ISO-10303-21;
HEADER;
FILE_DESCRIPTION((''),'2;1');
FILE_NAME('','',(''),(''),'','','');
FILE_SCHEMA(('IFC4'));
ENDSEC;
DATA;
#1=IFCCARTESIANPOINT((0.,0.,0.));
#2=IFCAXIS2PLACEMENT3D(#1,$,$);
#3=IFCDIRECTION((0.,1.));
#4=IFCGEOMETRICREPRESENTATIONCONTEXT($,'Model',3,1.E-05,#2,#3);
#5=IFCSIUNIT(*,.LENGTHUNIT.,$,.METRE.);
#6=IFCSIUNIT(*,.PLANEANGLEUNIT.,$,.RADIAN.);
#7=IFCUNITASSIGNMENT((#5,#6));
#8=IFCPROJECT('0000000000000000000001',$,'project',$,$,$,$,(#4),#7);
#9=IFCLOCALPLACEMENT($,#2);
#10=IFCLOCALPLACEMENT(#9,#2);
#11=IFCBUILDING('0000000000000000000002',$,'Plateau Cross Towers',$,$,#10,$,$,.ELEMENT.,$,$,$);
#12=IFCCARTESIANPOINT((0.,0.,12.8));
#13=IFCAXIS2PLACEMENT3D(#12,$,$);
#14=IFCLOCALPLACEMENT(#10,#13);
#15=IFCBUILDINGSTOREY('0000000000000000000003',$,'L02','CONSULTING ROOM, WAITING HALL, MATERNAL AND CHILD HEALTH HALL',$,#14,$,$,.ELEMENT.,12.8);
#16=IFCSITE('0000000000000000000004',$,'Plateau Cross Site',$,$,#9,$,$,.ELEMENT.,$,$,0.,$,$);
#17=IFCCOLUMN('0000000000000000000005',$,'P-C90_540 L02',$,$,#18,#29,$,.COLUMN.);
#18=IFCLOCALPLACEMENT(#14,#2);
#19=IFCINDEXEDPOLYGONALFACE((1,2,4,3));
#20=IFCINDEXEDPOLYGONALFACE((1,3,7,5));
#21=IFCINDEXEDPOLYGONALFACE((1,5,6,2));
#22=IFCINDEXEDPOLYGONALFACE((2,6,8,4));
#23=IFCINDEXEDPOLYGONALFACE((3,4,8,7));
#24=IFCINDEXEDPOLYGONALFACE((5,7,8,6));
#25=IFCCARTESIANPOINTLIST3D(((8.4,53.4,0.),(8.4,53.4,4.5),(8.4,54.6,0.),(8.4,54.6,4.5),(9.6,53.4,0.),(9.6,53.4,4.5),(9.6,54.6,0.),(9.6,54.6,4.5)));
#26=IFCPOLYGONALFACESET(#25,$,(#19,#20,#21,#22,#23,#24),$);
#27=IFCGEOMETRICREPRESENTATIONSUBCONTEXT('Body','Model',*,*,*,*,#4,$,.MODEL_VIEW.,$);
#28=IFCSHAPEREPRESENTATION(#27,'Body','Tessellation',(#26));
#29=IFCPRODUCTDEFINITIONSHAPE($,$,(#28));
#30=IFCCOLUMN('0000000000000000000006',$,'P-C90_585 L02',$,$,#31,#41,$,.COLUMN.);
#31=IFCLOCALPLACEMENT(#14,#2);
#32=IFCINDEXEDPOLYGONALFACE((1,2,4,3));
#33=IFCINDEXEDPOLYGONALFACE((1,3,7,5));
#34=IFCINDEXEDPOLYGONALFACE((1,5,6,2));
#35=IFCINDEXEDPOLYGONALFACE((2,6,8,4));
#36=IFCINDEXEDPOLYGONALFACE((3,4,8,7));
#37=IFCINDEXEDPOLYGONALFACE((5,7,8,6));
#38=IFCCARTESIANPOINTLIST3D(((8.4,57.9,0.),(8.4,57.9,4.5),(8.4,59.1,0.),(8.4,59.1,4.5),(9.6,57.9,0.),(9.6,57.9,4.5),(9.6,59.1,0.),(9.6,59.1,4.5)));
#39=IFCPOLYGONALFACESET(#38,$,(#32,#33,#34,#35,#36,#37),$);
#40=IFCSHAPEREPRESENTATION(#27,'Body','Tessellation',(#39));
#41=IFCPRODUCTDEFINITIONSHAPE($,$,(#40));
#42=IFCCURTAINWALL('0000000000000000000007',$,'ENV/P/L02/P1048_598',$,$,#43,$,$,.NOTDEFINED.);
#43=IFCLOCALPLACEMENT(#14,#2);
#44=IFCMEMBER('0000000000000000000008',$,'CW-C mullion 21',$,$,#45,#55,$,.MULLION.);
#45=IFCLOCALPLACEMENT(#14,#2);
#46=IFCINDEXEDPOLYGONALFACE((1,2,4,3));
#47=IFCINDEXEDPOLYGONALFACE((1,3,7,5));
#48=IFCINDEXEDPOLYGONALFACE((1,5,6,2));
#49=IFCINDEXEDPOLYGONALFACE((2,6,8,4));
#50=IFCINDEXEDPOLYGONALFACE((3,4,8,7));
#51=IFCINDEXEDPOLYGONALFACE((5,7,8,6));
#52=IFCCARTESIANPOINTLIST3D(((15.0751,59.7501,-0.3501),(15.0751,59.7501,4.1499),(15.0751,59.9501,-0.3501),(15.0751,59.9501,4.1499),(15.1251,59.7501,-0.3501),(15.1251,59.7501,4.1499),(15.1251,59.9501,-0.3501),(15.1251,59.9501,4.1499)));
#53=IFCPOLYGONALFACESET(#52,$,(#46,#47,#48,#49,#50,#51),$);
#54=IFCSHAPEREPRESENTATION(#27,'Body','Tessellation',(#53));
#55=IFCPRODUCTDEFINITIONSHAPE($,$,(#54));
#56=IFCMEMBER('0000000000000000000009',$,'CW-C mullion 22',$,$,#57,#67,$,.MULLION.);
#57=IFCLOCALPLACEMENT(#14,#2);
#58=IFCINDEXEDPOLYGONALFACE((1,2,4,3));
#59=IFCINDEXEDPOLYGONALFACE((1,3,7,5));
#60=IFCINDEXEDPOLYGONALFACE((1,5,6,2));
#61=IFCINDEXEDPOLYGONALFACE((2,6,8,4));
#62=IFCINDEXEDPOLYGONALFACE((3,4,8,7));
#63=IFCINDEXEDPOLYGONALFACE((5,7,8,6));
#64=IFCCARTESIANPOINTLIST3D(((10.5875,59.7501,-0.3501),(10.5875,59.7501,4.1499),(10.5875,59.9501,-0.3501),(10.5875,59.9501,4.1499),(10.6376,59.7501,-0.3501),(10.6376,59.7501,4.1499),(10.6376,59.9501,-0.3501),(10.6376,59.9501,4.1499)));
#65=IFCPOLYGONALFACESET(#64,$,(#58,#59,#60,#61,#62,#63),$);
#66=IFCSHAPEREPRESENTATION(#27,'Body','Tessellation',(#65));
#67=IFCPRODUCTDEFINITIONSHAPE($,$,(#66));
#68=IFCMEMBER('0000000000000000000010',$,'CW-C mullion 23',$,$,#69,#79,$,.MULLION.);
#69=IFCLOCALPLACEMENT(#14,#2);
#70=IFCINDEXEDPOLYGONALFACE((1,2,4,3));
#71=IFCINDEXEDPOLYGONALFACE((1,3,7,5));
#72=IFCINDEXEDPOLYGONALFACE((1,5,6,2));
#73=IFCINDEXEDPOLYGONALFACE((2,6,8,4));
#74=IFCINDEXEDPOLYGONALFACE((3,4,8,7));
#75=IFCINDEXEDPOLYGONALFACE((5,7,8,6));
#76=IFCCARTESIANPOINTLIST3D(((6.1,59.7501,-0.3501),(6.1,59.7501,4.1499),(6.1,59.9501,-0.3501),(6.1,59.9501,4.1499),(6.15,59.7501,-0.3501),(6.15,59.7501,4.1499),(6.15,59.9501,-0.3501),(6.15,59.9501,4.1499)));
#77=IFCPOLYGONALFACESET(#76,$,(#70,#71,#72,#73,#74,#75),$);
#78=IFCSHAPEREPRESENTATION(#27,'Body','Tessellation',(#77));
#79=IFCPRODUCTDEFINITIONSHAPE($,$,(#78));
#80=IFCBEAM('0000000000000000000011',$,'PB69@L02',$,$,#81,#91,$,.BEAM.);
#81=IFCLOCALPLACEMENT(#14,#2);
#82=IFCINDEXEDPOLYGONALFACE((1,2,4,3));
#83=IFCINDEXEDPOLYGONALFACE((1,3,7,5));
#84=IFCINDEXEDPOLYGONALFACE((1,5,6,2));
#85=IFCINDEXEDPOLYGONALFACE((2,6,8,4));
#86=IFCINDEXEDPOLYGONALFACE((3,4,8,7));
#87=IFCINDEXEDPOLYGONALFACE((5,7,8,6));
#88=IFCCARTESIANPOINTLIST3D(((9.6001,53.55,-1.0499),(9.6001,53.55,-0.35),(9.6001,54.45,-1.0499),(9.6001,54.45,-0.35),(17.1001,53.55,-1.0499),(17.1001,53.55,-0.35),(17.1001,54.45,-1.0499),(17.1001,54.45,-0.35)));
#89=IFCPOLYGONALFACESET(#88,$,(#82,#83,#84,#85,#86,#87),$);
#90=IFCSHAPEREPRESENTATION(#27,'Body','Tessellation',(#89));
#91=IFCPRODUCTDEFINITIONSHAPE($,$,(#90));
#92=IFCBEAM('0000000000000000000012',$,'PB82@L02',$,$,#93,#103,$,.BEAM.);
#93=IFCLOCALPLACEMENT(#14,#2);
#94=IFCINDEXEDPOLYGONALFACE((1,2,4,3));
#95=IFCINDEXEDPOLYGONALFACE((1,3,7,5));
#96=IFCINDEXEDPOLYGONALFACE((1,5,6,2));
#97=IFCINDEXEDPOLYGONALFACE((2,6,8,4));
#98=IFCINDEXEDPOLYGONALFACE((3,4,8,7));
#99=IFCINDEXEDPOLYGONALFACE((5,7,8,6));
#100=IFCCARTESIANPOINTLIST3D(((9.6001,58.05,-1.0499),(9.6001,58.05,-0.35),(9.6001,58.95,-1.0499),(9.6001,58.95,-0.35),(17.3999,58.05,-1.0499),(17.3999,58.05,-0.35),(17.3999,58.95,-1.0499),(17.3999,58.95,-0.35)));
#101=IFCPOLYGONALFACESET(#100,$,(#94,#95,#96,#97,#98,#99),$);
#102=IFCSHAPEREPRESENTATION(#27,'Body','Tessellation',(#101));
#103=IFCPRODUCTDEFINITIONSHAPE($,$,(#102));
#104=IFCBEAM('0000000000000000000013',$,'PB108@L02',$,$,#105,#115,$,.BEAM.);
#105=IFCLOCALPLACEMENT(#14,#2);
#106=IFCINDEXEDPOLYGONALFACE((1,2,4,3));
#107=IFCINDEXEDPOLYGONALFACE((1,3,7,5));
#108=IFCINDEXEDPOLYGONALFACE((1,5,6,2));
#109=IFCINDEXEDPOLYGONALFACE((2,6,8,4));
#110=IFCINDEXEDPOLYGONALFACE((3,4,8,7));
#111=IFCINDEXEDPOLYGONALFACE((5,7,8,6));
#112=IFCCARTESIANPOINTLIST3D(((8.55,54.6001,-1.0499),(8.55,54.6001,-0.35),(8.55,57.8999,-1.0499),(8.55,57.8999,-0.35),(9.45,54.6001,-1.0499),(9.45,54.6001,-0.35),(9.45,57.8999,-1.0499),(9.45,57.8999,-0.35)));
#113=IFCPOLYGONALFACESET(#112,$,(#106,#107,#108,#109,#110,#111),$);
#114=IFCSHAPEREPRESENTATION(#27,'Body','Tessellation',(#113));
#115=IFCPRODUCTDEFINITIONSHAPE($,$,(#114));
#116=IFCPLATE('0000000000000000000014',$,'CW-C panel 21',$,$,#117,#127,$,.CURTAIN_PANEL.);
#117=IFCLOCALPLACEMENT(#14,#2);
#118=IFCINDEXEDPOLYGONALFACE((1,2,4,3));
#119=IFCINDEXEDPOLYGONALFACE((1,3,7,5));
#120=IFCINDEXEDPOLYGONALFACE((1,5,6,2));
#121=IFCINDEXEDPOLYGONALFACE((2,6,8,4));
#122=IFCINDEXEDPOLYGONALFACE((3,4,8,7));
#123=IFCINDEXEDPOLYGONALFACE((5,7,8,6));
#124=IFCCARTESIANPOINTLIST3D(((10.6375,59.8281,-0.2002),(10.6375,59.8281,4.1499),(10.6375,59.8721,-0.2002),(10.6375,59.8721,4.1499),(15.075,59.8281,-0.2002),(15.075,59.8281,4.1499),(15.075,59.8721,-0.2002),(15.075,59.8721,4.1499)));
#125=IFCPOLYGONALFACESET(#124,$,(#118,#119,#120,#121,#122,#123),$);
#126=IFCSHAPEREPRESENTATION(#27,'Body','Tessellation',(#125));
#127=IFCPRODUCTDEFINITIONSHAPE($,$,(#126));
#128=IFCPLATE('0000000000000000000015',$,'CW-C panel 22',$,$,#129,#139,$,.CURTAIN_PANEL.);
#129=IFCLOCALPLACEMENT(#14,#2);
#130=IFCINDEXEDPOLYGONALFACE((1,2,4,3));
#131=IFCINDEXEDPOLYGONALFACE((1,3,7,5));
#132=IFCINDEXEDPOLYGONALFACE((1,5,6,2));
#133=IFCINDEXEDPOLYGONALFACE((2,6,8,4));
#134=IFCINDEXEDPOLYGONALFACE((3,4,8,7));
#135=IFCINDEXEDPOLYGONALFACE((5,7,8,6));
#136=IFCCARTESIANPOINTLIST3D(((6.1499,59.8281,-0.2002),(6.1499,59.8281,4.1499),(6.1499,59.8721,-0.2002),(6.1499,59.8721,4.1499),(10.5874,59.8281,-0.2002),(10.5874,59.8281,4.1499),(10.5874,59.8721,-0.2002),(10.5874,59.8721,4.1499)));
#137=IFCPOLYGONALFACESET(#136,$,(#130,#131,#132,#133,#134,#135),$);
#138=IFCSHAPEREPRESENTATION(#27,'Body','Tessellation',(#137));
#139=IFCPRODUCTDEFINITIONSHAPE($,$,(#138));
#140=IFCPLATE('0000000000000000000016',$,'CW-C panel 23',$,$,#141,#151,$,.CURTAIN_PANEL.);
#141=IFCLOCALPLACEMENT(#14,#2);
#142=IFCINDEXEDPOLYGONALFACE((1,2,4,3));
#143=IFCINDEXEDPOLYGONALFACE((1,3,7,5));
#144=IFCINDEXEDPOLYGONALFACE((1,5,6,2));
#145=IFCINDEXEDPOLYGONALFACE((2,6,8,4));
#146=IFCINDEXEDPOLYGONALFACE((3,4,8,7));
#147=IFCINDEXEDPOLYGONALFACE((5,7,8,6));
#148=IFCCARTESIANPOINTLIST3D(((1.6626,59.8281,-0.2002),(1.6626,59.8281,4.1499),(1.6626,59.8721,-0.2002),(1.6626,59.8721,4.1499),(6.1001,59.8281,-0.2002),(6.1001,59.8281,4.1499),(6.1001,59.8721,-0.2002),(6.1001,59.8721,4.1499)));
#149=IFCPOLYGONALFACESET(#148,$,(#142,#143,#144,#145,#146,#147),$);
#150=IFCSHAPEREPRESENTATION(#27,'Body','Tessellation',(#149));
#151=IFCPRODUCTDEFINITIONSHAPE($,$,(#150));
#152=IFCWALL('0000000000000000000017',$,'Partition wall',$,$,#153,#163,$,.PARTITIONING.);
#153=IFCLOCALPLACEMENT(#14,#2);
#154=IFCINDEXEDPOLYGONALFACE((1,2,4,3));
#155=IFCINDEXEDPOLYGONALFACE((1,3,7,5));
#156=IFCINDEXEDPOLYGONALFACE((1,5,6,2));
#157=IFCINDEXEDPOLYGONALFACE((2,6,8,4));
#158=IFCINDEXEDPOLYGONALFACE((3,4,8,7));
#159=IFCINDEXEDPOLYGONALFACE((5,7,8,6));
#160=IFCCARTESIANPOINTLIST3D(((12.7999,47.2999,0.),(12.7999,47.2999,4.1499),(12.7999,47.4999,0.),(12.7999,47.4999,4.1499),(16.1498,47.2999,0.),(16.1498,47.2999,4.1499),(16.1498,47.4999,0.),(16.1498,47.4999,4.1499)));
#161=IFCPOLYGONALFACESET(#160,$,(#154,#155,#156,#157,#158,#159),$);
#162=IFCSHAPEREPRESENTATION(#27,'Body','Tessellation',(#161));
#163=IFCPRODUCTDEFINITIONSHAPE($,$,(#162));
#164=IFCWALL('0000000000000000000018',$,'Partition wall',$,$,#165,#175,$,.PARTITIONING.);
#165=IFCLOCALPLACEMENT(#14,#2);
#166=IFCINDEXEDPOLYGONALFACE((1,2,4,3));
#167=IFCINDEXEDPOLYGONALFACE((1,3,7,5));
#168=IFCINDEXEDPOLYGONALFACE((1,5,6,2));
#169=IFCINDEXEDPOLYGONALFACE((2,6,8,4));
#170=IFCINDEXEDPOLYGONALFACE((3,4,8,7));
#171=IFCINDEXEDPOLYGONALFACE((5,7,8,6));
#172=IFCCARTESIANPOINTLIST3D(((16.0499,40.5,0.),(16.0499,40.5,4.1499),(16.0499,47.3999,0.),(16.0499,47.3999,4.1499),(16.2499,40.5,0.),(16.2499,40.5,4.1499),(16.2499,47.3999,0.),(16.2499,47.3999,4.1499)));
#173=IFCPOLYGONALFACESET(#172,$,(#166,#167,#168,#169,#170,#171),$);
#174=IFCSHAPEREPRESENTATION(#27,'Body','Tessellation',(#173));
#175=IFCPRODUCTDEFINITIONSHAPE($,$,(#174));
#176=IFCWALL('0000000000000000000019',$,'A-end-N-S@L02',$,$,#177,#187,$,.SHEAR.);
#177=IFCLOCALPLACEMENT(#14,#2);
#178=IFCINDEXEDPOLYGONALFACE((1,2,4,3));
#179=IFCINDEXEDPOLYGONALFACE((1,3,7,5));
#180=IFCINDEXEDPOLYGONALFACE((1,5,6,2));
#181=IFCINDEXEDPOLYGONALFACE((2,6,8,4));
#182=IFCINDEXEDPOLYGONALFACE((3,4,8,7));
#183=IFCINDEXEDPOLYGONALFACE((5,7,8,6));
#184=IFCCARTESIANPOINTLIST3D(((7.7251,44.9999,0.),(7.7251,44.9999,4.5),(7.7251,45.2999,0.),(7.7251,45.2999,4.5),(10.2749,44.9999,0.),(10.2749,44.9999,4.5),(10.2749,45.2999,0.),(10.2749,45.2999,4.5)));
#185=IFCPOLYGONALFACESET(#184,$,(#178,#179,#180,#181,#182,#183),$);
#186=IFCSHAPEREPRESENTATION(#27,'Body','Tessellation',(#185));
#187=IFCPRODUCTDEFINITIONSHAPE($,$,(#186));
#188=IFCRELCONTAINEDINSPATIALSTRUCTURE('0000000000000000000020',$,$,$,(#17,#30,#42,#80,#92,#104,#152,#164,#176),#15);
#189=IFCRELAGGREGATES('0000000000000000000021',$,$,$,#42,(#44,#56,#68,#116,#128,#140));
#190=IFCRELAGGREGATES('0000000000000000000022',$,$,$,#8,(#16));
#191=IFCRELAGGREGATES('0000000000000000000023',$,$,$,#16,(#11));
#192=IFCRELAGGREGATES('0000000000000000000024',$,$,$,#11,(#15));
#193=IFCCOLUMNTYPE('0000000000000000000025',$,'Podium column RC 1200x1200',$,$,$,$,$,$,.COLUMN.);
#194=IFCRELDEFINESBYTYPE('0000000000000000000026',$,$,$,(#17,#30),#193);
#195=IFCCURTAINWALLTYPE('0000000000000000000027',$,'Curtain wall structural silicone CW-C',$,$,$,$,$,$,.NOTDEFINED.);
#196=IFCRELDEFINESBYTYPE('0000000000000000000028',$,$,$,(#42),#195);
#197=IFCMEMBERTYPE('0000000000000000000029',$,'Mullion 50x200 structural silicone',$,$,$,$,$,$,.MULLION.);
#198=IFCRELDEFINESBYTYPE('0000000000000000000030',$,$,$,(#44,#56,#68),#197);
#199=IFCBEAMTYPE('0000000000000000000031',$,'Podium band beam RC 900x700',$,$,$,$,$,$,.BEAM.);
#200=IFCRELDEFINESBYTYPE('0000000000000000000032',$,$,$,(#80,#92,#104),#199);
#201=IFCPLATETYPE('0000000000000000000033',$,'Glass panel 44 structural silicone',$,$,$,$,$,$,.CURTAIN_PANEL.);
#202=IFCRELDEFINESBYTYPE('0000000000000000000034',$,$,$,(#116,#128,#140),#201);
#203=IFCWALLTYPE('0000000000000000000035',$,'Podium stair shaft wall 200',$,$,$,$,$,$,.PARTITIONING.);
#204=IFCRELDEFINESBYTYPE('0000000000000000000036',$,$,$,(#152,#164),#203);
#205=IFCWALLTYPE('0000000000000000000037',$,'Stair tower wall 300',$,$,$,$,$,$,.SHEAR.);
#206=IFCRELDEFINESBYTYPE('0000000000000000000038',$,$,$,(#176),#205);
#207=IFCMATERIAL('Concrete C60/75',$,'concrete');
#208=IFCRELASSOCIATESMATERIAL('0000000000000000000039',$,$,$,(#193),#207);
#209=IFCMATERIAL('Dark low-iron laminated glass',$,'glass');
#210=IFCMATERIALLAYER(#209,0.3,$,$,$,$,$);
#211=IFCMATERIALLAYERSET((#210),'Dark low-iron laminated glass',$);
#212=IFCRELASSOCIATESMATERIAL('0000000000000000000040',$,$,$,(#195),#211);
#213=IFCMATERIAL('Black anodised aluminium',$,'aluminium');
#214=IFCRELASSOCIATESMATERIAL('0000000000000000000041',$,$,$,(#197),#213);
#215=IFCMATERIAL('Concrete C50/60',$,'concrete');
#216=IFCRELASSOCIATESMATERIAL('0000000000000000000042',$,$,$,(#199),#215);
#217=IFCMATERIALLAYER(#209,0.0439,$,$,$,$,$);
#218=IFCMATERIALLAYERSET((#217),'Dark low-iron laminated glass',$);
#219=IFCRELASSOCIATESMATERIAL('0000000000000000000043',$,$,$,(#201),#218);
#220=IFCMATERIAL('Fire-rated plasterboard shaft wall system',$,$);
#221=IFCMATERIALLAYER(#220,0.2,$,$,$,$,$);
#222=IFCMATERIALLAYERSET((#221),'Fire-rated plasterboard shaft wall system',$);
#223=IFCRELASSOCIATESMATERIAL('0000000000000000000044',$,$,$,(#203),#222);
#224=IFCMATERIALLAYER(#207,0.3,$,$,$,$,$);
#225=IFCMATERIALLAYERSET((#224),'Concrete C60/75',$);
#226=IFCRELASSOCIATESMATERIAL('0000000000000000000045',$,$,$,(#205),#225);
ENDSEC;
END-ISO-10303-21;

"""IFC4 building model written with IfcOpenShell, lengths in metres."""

from ifc_helpers import new_model, si_unit, direction, frame, frame_2d, origin, origin_2d, place, context, subcontext, project, spatial, rectangle, extrude, material, layer, layer_set, material_profile, profile_set, type_object, element, aggregate, save


model = new_model("IFC4")

# Units and contexts
model_context = context("Model", 3, precision=1e-05, world=origin(), true_north=direction((0.0, 1.0)))
body_context = subcontext(model_context, "Body", "Model", "MODEL_VIEW")
ifc_project = project(units=[si_unit("LENGTHUNIT", "METRE"), si_unit("PLANEANGLEUNIT", "RADIAN")], contexts=[model_context])

# Site, building, storey
site_placement = place(None, origin())
site = spatial("IfcSite", under=ifc_project, at=site_placement, Name="Plateau Cross Site", CompositionType="ELEMENT", RefElevation=0.0)
building_placement = place(site_placement, origin())
building = spatial("IfcBuilding", under=site, at=building_placement, Name="Plateau Cross Towers", CompositionType="ELEMENT")
storey_placement = place(building_placement, frame((0.0, 0.0, 12.8)))
storey = spatial("IfcBuildingStorey", under=building, at=storey_placement, Name="L02", Description="CONSULTING ROOM, WAITING HALL, MATERNAL AND CHILD HEALTH HALL", CompositionType="ELEMENT", Elevation=12.8)

# Columns
ifc_material_1 = material(Name="Concrete C60/75", Category="concrete")
ifc_material_profile_1 = material_profile(ifc_material_1, rectangle(XDim=1.2, YDim=1.2, at=origin_2d()), Name="RC 1200x1200")
ifc_profile_set_1 = profile_set([ifc_material_profile_1], Name="Concrete C60/75")
column_type = type_object("IfcColumnType", Name="Podium column RC 1200x1200", PredefinedType="COLUMN", material=ifc_profile_set_1)
for number, where, z_axis, x_axis, name in (
    (1, (9.0, 54.0, 0.0), (0.0, 0.0, 1.0), (1.0, 0.0, 0.0), "P-C90_540 L02"),
    (2, (9.0, 58.5, 0.0), (0.0, 0.0, 1.0), (1.0, 0.0, 0.0), "P-C90_585 L02"),
):
    element("IfcColumn", number, at=place(storey_placement, frame(where, z_axis=z_axis, x_axis=x_axis)), inside=storey, type_object=column_type, Name=name, PredefinedType="COLUMN", context=body_context, shape_type="SweptSolid", body=[
        extrude(rectangle(XDim=1.2, YDim=1.2, at=origin_2d()), origin(), (0.0, 0.0, 1.0), 4.5),
    ])

# Curtain wall, members
ifc_material_2 = material(Name="Dark low-iron laminated glass", Category="glass")
ifc_layer_1 = layer(ifc_material_2, 0.3)
ifc_layer_set_1 = layer_set([ifc_layer_1], Name="Dark low-iron laminated glass")
curtain_wall_type = type_object("IfcCurtainWallType", Name="Curtain wall structural silicone CW-C", PredefinedType="NOTDEFINED", material=ifc_layer_set_1)
curtain_wall_placement = place(storey_placement, origin())
curtain_wall = element("IfcCurtainWall", 3, at=curtain_wall_placement, inside=storey, type_object=curtain_wall_type, Name="ENV/P/L02/P1048_598", PredefinedType="NOTDEFINED")
ifc_material_3 = material(Name="Black anodised aluminium", Category="aluminium")
ifc_material_profile_2 = material_profile(ifc_material_3, rectangle(XDim=0.05, YDim=0.2, at=origin_2d()), Name="MULLION 50x200")
ifc_profile_set_2 = profile_set([ifc_material_profile_2], Name="Black anodised aluminium")
member_type = type_object("IfcMemberType", Name="Mullion 50x200 structural silicone", PredefinedType="MULLION", material=ifc_profile_set_2)
member_1_placement = place(storey_placement, frame((15.1001, 59.8501, -0.3501), z_axis=(0.0, 0.0, 1.0), x_axis=(-1.0, 0.0, 0.0)))
member_1 = element("IfcMember", 4, at=member_1_placement, type_object=member_type, Name="CW-C mullion 21", PredefinedType="MULLION", context=body_context, shape_type="SweptSolid", body=[
    extrude(rectangle(XDim=0.05, YDim=0.2, at=origin_2d()), origin(), (0.0, 0.0, 1.0), 4.5),
])
member_2_placement = place(storey_placement, frame((10.6125, 59.8501, -0.3501), z_axis=(0.0, 0.0, 1.0), x_axis=(-1.0, 0.0, 0.0)))
member_2 = element("IfcMember", 5, at=member_2_placement, type_object=member_type, Name="CW-C mullion 22", PredefinedType="MULLION", context=body_context, shape_type="SweptSolid", body=[
    extrude(rectangle(XDim=0.05, YDim=0.2, at=origin_2d()), origin(), (0.0, 0.0, 1.0), 4.5),
])
member_3_placement = place(storey_placement, frame((6.125, 59.8501, -0.3501), z_axis=(0.0, 0.0, 1.0), x_axis=(-1.0, 0.0, 0.0)))
member_3 = element("IfcMember", 6, at=member_3_placement, type_object=member_type, Name="CW-C mullion 23", PredefinedType="MULLION", context=body_context, shape_type="SweptSolid", body=[
    extrude(rectangle(XDim=0.05, YDim=0.2, at=origin_2d()), origin(), (0.0, 0.0, 1.0), 4.5),
])

# Beams
ifc_material_4 = material(Name="Concrete C50/60", Category="concrete")
ifc_material_profile_3 = material_profile(ifc_material_4, rectangle(XDim=0.8999, YDim=0.7, at=origin_2d()), Name="RC 900x700")
ifc_profile_set_3 = profile_set([ifc_material_profile_3], Name="Concrete C50/60")
beam_type = type_object("IfcBeamType", Name="Podium band beam RC 900x700", PredefinedType="BEAM", material=ifc_profile_set_3)
beam_1_placement = place(storey_placement, frame((9.6001, 54.0, -0.7), z_axis=(1.0, 0.0, 0.0), x_axis=(0.0, 1.0, 0.0)))
element("IfcBeam", 7, at=beam_1_placement, inside=storey, type_object=beam_type, Name="PB69@L02", PredefinedType="BEAM", context=body_context, shape_type="SweptSolid", body=[
    extrude(rectangle(XDim=0.8999, YDim=0.7, at=origin_2d()), origin(), (0.0, 0.0, 1.0), 7.5),
])
beam_2_placement = place(storey_placement, frame((9.6001, 58.5, -0.7), z_axis=(1.0, 0.0, 0.0), x_axis=(0.0, 1.0, 0.0)))
element("IfcBeam", 8, at=beam_2_placement, inside=storey, type_object=beam_type, Name="PB82@L02", PredefinedType="BEAM", context=body_context, shape_type="SweptSolid", body=[
    extrude(rectangle(XDim=0.8999, YDim=0.7, at=origin_2d()), origin(), (0.0, 0.0, 1.0), 7.7998),
])
beam_3_placement = place(storey_placement, frame((9.0, 54.6001, -0.7), z_axis=(0.0, 1.0, 0.0), x_axis=(-1.0, 0.0, 0.0)))
element("IfcBeam", 9, at=beam_3_placement, inside=storey, type_object=beam_type, Name="PB108@L02", PredefinedType="BEAM", context=body_context, shape_type="SweptSolid", body=[
    extrude(rectangle(XDim=0.8999, YDim=0.7, at=origin_2d()), origin(), (0.0, 0.0, 1.0), 3.2998),
])

# Plates
ifc_layer_2 = layer(ifc_material_2, 0.0439)
ifc_layer_set_2 = layer_set([ifc_layer_2], Name="Dark low-iron laminated glass")
plate_type = type_object("IfcPlateType", Name="Glass panel 44 structural silicone", PredefinedType="CURTAIN_PANEL", material=ifc_layer_set_2)
plate_1_placement = place(storey_placement, frame((12.8562, 59.8501, -0.2002), z_axis=(0.0, 0.0, 1.0), x_axis=(-1.0, 0.0, 0.0)))
plate_1 = element("IfcPlate", 10, at=plate_1_placement, type_object=plate_type, Name="CW-C panel 21", PredefinedType="CURTAIN_PANEL", context=body_context, shape_type="SweptSolid", body=[
    extrude(rectangle(XDim=4.4375, YDim=0.0439, at=origin_2d()), origin(), (0.0, 0.0, 1.0), 4.3501),
])
plate_2_placement = place(storey_placement, frame((8.3687, 59.8501, -0.2002), z_axis=(0.0, 0.0, 1.0), x_axis=(-1.0, 0.0, 0.0)))
plate_2 = element("IfcPlate", 11, at=plate_2_placement, type_object=plate_type, Name="CW-C panel 22", PredefinedType="CURTAIN_PANEL", context=body_context, shape_type="SweptSolid", body=[
    extrude(rectangle(XDim=4.4375, YDim=0.0439, at=origin_2d()), origin(), (0.0, 0.0, 1.0), 4.3501),
])
plate_3_placement = place(storey_placement, frame((3.8813, 59.8501, -0.2002), z_axis=(0.0, 0.0, 1.0), x_axis=(-1.0, 0.0, 0.0)))
plate_3 = element("IfcPlate", 12, at=plate_3_placement, type_object=plate_type, Name="CW-C panel 23", PredefinedType="CURTAIN_PANEL", context=body_context, shape_type="SweptSolid", body=[
    extrude(rectangle(XDim=4.4375, YDim=0.0439, at=origin_2d()), origin(), (0.0, 0.0, 1.0), 4.3501),
])
aggregate(curtain_wall, [member_1, member_2, member_3, plate_1, plate_2, plate_3])

# Walls
ifc_material_5 = material(Name="Fire-rated plasterboard shaft wall system")
ifc_layer_3 = layer(ifc_material_5, 0.2)
ifc_layer_set_3 = layer_set([ifc_layer_3], Name="Fire-rated plasterboard shaft wall system")
wall_type_1 = type_object("IfcWallType", Name="Podium stair shaft wall 200", PredefinedType="PARTITIONING", material=ifc_layer_set_3)
wall_1_placement = place(storey_placement, frame((12.8, 47.3999, 0.0), z_axis=(0.0, 0.0, 1.0), x_axis=(1.0, 0.0, 0.0)))
element("IfcWall", 13, at=wall_1_placement, inside=storey, type_object=wall_type_1, Name="Partition wall", PredefinedType="PARTITIONING", context=body_context, shape_type="SweptSolid", body=[
    extrude(rectangle(XDim=3.3499, YDim=0.2, at=frame_2d((1.6748, 0.0))), origin(), (0.0, 0.0, 1.0), 4.1499),
])
wall_2_placement = place(storey_placement, frame((16.1499, 47.3999, 0.0), z_axis=(0.0, 0.0, 1.0), x_axis=(0.0, -1.0, 0.0)))
element("IfcWall", 14, at=wall_2_placement, inside=storey, type_object=wall_type_1, Name="Partition wall", PredefinedType="PARTITIONING", context=body_context, shape_type="SweptSolid", body=[
    extrude(rectangle(XDim=6.8999, YDim=0.2, at=frame_2d((3.45, 0.0))), origin(), (0.0, 0.0, 1.0), 4.1499),
])
ifc_layer_4 = layer(ifc_material_1, 0.3)
ifc_layer_set_4 = layer_set([ifc_layer_4], Name="Concrete C60/75")
wall_type_2 = type_object("IfcWallType", Name="Stair tower wall 300", PredefinedType="SHEAR", material=ifc_layer_set_4)
for number, where, z_axis, x_axis, name in (
    (15, (7.7251, 45.1499, 0.0), (0.0, 0.0, 1.0), (1.0, 0.0, 0.0), "A-end-N-S@L02"),
):
    element("IfcWall", number, at=place(storey_placement, frame(where, z_axis=z_axis, x_axis=x_axis)), inside=storey, type_object=wall_type_2, Name=name, PredefinedType="SHEAR", context=body_context, shape_type="SweptSolid", body=[
        extrude(rectangle(XDim=2.5498, YDim=0.3, at=frame_2d((1.2749, 0.0))), origin(), (0.0, 0.0, 1.0), 4.5),
    ])

save(model, "model.ifc")
